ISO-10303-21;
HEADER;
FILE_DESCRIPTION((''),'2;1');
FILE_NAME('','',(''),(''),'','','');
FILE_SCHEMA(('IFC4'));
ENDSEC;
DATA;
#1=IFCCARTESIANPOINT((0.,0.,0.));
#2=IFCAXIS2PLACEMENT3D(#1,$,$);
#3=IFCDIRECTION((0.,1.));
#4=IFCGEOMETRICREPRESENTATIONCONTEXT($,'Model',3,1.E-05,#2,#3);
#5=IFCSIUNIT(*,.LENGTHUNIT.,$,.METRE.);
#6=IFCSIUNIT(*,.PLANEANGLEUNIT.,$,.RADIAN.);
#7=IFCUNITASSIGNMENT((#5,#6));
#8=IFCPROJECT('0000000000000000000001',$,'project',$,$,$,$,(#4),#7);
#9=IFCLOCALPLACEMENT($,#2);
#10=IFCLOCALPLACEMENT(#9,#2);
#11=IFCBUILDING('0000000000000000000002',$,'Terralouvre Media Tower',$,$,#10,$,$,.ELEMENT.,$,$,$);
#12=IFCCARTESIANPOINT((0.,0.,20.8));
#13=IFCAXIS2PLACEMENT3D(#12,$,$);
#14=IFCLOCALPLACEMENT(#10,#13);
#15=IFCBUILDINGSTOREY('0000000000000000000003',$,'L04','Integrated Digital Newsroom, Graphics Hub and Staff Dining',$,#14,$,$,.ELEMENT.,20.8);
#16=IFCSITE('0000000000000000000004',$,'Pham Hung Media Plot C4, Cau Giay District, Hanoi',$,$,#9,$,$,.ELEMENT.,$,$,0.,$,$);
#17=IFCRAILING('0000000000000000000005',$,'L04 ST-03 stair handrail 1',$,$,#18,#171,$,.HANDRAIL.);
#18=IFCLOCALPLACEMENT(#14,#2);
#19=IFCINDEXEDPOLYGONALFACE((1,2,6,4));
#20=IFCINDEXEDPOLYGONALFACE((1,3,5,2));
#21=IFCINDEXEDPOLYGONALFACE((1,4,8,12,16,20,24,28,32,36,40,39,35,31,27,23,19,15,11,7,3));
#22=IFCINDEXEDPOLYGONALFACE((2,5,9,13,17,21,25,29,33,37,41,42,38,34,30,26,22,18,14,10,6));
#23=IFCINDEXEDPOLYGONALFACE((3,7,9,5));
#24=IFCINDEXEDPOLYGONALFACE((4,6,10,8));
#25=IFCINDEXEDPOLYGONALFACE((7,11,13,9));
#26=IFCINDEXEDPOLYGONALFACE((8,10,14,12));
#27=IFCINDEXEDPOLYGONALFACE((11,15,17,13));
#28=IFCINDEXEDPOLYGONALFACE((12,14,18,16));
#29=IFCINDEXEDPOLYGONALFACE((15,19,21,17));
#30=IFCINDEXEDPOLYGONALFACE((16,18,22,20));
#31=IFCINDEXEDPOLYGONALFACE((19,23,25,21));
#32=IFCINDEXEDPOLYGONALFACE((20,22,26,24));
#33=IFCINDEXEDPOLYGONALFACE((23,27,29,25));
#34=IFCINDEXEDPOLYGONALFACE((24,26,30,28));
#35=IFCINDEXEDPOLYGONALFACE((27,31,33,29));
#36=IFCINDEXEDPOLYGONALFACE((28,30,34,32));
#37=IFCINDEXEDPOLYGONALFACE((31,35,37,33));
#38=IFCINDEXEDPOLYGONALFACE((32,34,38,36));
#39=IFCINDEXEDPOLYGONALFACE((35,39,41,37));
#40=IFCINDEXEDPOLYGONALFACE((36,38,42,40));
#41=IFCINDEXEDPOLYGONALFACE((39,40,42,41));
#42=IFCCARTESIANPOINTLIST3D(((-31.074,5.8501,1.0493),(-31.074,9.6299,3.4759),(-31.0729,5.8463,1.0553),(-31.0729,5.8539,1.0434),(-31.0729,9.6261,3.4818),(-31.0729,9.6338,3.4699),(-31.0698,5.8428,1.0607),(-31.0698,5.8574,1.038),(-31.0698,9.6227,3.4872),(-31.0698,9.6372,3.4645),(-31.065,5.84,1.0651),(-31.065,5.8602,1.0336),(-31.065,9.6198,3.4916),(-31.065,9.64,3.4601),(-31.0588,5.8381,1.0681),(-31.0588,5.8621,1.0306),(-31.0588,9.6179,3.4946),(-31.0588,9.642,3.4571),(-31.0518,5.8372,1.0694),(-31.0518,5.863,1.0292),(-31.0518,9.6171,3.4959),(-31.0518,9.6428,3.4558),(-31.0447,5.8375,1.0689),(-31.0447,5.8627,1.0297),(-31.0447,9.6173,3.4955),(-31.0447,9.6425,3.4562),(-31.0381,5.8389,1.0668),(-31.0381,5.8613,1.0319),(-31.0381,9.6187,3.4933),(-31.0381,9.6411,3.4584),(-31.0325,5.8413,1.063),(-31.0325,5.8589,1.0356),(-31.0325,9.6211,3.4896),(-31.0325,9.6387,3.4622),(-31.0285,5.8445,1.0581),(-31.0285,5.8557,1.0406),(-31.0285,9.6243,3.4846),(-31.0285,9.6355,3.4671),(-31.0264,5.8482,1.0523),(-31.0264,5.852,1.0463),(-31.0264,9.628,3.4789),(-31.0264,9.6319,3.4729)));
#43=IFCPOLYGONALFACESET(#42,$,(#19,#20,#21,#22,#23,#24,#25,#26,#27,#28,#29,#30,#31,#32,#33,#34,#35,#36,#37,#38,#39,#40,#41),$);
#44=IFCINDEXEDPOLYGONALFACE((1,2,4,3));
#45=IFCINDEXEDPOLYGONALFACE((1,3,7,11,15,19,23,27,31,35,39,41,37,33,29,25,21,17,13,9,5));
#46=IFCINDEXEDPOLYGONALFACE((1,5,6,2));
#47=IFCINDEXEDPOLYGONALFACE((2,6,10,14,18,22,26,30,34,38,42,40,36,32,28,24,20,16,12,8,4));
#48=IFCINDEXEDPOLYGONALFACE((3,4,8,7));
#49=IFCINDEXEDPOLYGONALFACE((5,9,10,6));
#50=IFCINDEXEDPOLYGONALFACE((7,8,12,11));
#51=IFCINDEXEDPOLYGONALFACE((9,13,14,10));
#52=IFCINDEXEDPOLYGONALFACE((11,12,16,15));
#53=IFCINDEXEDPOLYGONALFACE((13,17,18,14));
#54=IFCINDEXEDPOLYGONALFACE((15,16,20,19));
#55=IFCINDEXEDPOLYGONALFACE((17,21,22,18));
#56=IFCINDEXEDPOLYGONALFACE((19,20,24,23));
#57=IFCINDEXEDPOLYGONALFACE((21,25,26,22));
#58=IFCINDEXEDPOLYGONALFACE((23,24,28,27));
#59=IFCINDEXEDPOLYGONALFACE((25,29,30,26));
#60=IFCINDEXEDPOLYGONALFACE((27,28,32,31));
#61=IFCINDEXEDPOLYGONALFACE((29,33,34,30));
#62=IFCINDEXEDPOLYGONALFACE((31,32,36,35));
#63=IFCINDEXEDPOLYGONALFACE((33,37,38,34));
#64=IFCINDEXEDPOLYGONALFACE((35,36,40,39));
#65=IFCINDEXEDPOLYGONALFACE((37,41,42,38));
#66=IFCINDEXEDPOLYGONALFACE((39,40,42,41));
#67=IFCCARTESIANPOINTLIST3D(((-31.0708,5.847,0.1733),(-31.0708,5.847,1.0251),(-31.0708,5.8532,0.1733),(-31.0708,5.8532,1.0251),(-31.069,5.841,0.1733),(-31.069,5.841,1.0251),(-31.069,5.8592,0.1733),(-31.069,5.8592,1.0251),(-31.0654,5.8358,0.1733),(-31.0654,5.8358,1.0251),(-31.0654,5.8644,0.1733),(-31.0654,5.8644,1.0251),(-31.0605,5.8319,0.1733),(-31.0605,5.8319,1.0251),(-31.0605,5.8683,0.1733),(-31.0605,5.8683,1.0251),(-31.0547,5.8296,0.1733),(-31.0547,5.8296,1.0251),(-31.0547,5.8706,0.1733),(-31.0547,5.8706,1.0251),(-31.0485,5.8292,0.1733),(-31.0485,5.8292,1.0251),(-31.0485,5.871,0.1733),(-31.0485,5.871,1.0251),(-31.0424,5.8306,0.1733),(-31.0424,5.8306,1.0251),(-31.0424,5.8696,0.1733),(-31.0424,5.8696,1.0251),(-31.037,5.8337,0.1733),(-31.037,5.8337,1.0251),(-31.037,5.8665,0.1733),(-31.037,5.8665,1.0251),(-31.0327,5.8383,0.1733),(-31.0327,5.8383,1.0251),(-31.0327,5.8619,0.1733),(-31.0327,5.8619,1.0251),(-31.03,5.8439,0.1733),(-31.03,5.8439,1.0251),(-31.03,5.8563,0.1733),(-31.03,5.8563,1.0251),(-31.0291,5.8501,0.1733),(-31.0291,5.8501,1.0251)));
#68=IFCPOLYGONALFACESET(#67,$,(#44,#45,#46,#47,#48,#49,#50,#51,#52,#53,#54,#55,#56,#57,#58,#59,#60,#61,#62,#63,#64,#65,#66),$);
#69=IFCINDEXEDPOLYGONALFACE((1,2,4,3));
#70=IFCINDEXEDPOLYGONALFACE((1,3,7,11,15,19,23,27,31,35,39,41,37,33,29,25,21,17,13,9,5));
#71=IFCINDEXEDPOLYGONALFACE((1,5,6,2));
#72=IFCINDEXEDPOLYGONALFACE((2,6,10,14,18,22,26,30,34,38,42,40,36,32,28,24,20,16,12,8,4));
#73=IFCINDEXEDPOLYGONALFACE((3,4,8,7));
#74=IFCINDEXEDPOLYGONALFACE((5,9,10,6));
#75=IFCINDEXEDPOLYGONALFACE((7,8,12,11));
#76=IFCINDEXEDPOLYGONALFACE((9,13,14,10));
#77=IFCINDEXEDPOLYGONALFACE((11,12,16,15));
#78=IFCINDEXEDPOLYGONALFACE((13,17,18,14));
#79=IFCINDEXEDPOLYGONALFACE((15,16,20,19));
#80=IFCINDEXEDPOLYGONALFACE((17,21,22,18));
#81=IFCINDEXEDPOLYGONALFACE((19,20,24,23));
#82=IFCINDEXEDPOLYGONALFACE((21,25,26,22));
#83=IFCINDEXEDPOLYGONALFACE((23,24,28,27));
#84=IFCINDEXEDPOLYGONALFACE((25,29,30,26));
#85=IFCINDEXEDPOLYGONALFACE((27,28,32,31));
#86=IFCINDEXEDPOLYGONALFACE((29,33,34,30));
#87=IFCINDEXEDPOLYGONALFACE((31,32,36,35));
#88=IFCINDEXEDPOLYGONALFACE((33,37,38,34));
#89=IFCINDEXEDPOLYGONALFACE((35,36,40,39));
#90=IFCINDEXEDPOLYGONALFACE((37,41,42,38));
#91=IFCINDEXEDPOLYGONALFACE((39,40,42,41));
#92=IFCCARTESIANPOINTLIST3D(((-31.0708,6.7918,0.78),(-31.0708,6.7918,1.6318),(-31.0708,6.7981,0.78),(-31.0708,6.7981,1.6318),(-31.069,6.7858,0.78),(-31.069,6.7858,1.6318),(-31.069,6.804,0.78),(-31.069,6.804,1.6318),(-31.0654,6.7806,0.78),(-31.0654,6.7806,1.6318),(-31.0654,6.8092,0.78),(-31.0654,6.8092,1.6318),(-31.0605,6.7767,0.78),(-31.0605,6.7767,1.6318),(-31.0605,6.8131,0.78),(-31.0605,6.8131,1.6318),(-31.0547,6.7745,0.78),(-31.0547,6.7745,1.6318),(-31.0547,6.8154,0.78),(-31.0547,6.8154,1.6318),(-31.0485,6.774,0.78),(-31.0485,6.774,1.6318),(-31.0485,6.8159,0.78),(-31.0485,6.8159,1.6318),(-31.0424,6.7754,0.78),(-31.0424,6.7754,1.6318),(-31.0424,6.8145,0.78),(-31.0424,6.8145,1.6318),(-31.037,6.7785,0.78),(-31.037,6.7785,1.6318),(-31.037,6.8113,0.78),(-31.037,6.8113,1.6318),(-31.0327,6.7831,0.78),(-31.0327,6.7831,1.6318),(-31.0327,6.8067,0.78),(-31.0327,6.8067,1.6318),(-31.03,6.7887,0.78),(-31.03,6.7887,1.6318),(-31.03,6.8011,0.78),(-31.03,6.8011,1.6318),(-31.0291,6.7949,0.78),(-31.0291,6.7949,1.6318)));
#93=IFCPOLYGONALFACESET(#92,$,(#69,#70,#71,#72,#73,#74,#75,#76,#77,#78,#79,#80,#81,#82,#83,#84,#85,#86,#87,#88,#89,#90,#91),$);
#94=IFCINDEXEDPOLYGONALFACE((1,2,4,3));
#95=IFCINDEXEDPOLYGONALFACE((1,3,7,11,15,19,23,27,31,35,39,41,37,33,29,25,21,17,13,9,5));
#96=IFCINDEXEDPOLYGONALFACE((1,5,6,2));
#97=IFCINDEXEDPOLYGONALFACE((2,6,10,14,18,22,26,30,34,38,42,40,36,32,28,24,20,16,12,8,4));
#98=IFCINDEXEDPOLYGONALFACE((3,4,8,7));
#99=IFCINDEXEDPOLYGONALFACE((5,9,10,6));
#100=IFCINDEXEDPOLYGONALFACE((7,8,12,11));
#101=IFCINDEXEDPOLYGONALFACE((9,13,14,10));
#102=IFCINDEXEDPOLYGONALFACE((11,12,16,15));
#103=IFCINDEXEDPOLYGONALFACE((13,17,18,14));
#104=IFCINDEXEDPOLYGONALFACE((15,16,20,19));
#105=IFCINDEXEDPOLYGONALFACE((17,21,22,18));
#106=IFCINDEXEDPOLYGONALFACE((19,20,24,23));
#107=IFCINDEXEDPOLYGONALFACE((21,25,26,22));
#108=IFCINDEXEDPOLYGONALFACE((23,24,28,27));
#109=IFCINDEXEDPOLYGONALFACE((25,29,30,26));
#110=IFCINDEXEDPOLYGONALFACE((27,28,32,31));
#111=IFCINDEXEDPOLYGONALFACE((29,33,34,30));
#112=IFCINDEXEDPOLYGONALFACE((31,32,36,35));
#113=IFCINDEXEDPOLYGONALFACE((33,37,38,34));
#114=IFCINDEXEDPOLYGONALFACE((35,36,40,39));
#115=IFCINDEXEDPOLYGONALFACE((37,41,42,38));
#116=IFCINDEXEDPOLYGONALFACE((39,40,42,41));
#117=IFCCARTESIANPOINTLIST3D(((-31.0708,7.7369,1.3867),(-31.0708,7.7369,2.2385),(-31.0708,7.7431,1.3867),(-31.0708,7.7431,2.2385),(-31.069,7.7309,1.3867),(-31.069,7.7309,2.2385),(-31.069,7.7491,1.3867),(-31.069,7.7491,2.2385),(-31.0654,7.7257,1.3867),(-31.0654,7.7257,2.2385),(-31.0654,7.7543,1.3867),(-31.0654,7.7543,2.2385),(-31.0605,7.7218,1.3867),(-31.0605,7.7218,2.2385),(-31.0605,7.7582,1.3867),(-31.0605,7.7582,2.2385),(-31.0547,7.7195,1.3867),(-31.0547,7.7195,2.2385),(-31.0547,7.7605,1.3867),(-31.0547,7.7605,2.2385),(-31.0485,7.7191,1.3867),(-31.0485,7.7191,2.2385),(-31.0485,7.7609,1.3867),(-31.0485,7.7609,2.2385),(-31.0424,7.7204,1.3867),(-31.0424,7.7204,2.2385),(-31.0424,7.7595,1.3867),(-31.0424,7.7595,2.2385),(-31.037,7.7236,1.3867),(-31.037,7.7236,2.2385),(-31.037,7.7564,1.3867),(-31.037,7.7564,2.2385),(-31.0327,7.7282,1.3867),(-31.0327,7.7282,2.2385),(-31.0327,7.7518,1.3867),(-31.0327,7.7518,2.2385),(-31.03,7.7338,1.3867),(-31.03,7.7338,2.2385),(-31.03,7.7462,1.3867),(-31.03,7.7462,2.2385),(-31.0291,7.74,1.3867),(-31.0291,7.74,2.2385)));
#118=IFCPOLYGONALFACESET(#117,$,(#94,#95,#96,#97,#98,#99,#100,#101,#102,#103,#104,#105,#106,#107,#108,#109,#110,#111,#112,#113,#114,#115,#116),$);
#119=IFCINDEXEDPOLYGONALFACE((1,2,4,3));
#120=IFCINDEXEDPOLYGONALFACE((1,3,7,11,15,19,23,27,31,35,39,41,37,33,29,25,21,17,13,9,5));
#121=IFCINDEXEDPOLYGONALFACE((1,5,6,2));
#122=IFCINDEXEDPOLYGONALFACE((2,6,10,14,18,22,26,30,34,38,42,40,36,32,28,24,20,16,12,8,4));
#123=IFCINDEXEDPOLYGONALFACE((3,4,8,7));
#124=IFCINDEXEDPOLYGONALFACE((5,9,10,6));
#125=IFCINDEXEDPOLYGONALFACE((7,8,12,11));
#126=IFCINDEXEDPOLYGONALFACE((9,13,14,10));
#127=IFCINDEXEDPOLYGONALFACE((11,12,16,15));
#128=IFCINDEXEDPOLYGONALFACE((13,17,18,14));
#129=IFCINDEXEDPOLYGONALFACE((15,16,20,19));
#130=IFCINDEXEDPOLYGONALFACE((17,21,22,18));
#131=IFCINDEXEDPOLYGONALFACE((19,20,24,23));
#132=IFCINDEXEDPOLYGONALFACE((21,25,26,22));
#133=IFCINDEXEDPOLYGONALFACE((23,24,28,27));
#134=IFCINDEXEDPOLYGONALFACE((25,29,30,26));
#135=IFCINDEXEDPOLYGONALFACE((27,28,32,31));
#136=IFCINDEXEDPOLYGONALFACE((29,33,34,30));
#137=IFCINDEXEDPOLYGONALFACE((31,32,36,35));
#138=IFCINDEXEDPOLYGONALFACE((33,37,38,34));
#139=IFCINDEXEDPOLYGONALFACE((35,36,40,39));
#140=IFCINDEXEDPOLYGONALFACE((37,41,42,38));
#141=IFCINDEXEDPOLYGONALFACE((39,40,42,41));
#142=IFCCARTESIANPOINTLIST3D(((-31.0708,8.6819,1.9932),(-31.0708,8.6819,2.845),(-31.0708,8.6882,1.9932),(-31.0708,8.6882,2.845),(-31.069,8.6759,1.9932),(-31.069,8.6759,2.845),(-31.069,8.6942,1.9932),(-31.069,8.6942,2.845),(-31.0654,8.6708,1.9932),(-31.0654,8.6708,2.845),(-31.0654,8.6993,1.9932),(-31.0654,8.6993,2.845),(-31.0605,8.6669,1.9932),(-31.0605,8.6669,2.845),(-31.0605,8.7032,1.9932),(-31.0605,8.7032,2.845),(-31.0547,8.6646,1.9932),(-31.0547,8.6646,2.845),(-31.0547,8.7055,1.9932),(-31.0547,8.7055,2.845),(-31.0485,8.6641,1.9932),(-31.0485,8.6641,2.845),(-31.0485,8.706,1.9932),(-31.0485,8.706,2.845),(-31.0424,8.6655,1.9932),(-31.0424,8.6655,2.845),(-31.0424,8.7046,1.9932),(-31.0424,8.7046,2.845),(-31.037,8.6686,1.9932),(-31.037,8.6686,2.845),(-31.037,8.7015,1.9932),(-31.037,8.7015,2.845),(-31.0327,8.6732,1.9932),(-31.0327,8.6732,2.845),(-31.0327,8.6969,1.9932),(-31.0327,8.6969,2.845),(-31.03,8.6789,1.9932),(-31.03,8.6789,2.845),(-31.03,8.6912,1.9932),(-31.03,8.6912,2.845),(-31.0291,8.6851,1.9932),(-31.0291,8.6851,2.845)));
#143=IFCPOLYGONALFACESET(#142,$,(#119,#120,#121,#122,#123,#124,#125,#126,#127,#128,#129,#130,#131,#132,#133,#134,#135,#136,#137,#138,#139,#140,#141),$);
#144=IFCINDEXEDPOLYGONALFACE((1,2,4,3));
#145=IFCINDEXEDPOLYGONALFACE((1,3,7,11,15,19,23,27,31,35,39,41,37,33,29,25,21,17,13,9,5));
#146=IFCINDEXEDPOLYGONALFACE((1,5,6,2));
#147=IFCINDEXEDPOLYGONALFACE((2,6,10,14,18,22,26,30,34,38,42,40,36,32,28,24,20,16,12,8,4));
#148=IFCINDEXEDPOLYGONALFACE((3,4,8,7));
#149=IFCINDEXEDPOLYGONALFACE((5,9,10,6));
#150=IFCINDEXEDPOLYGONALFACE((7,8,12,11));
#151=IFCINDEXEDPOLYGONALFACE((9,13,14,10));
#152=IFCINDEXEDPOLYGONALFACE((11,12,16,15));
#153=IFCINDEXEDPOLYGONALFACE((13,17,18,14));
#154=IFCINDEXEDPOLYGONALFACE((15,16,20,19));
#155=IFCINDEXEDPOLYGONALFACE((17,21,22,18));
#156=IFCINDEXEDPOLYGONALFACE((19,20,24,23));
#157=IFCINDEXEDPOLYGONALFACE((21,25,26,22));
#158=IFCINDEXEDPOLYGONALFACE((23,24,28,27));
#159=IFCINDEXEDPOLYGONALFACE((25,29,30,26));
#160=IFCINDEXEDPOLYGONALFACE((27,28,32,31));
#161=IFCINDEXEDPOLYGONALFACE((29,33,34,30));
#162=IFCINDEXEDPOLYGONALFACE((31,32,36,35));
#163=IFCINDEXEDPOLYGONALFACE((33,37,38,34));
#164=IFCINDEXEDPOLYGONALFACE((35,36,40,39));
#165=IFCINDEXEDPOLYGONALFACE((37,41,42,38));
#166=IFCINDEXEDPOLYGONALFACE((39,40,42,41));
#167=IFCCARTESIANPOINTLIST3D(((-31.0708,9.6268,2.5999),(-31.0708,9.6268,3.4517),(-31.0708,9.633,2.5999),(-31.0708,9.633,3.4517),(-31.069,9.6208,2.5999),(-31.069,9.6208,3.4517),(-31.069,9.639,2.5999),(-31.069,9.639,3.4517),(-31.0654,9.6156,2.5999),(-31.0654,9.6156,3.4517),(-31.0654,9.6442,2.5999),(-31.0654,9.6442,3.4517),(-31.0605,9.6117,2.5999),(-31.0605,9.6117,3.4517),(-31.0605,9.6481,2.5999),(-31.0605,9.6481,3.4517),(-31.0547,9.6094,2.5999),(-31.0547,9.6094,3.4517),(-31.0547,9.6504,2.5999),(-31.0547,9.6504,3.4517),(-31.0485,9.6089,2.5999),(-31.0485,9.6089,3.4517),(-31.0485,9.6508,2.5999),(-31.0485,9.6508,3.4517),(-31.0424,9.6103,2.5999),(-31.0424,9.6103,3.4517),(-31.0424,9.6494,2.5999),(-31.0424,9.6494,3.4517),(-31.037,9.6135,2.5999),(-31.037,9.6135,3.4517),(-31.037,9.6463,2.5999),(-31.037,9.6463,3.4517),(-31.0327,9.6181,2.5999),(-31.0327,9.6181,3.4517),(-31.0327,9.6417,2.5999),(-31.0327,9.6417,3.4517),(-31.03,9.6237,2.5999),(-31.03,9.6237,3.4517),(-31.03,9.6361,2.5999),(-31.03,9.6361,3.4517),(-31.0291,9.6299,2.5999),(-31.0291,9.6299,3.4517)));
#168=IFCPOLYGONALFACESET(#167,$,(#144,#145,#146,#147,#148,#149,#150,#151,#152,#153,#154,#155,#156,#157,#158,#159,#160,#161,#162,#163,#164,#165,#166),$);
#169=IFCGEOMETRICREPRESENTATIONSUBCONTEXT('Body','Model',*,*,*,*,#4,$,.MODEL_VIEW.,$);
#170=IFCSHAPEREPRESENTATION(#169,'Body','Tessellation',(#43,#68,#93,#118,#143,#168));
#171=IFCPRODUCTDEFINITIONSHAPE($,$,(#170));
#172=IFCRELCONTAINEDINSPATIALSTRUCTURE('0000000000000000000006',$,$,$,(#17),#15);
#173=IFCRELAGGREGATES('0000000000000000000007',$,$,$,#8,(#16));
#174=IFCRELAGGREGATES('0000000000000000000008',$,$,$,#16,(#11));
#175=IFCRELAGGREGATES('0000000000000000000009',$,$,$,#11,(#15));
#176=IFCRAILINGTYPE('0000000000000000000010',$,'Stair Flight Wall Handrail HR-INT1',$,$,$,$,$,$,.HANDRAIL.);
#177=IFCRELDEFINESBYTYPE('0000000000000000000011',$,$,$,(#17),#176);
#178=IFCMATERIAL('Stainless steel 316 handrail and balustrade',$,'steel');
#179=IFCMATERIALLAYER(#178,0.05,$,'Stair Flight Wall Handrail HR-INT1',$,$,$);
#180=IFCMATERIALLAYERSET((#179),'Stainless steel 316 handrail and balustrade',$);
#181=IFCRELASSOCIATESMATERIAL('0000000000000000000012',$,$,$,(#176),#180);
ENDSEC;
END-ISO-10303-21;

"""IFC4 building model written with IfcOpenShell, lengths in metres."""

from ifc_helpers import new_model, si_unit, direction, frame, origin, origin_2d, place, context, subcontext, project, spatial, circle, extrude, material, layer, layer_set, type_object, element, save


model = new_model("IFC4")

# Units and contexts
model_context = context("Model", 3, precision=1e-05, world=origin(), true_north=direction((0.0, 1.0)))
body_context = subcontext(model_context, "Body", "Model", "MODEL_VIEW")
ifc_project = project(units=[si_unit("LENGTHUNIT", "METRE"), si_unit("PLANEANGLEUNIT", "RADIAN")], contexts=[model_context])

# Site, building, storey
site_placement = place(None, origin())
site = spatial("IfcSite", under=ifc_project, at=site_placement, Name="Pham Hung Media Plot C4, Cau Giay District, Hanoi", CompositionType="ELEMENT", RefElevation=0.0)
building_placement = place(site_placement, origin())
building = spatial("IfcBuilding", under=site, at=building_placement, Name="Terralouvre Media Tower", CompositionType="ELEMENT")
storey_placement = place(building_placement, frame((0.0, 0.0, 20.8)))
storey = spatial("IfcBuildingStorey", under=building, at=storey_placement, Name="L04", Description="Integrated Digital Newsroom, Graphics Hub and Staff Dining", CompositionType="ELEMENT", Elevation=20.8)

# Railing
ifc_material_1 = material(Name="Stainless steel 316 handrail and balustrade", Category="steel")
ifc_layer_1 = layer(ifc_material_1, 0.05, Name="Stair Flight Wall Handrail HR-INT1")
ifc_layer_set_1 = layer_set([ifc_layer_1], Name="Stainless steel 316 handrail and balustrade")
railing_type_1 = type_object("IfcRailingType", Name="Stair Flight Wall Handrail HR-INT1", PredefinedType="HANDRAIL", material=ifc_layer_set_1)
railing_1_placement = place(storey_placement, frame((-31.05, 5.8501, 0.1733)))
element("IfcRailing", 1, at=railing_1_placement, inside=storey, type_object=railing_type_1, Name="L04 ST-03 stair handrail 1", PredefinedType="HANDRAIL", context=body_context, shape_type="SweptSolid", body=[
    extrude(circle(Radius=0.0239, at=origin_2d()), frame((0.0, 0.0, 0.876), z_axis=(0.0, 0.841517, 0.54023), x_axis=(-1.0, 0.0, 0.0)), (0.0, 0.0, 1.0), 4.4917),
    extrude(circle(Radius=0.021, at=origin_2d()), origin(), (0.0, 0.0, 1.0), 0.8518),
    extrude(circle(Radius=0.021, at=origin_2d()), frame((0.0, 0.9448, 0.6067)), (0.0, 0.0, 1.0), 0.8518),
    extrude(circle(Radius=0.021, at=origin_2d()), frame((0.0, 1.8899, 1.2134)), (0.0, 0.0, 1.0), 0.8518),
    extrude(circle(Radius=0.021, at=origin_2d()), frame((0.0, 2.835, 1.8198)), (0.0, 0.0, 1.0), 0.8518),
    extrude(circle(Radius=0.021, at=origin_2d()), frame((0.0, 3.7798, 2.4265)), (0.0, 0.0, 1.0), 0.8518),
])

save(model, "model.ifc")
